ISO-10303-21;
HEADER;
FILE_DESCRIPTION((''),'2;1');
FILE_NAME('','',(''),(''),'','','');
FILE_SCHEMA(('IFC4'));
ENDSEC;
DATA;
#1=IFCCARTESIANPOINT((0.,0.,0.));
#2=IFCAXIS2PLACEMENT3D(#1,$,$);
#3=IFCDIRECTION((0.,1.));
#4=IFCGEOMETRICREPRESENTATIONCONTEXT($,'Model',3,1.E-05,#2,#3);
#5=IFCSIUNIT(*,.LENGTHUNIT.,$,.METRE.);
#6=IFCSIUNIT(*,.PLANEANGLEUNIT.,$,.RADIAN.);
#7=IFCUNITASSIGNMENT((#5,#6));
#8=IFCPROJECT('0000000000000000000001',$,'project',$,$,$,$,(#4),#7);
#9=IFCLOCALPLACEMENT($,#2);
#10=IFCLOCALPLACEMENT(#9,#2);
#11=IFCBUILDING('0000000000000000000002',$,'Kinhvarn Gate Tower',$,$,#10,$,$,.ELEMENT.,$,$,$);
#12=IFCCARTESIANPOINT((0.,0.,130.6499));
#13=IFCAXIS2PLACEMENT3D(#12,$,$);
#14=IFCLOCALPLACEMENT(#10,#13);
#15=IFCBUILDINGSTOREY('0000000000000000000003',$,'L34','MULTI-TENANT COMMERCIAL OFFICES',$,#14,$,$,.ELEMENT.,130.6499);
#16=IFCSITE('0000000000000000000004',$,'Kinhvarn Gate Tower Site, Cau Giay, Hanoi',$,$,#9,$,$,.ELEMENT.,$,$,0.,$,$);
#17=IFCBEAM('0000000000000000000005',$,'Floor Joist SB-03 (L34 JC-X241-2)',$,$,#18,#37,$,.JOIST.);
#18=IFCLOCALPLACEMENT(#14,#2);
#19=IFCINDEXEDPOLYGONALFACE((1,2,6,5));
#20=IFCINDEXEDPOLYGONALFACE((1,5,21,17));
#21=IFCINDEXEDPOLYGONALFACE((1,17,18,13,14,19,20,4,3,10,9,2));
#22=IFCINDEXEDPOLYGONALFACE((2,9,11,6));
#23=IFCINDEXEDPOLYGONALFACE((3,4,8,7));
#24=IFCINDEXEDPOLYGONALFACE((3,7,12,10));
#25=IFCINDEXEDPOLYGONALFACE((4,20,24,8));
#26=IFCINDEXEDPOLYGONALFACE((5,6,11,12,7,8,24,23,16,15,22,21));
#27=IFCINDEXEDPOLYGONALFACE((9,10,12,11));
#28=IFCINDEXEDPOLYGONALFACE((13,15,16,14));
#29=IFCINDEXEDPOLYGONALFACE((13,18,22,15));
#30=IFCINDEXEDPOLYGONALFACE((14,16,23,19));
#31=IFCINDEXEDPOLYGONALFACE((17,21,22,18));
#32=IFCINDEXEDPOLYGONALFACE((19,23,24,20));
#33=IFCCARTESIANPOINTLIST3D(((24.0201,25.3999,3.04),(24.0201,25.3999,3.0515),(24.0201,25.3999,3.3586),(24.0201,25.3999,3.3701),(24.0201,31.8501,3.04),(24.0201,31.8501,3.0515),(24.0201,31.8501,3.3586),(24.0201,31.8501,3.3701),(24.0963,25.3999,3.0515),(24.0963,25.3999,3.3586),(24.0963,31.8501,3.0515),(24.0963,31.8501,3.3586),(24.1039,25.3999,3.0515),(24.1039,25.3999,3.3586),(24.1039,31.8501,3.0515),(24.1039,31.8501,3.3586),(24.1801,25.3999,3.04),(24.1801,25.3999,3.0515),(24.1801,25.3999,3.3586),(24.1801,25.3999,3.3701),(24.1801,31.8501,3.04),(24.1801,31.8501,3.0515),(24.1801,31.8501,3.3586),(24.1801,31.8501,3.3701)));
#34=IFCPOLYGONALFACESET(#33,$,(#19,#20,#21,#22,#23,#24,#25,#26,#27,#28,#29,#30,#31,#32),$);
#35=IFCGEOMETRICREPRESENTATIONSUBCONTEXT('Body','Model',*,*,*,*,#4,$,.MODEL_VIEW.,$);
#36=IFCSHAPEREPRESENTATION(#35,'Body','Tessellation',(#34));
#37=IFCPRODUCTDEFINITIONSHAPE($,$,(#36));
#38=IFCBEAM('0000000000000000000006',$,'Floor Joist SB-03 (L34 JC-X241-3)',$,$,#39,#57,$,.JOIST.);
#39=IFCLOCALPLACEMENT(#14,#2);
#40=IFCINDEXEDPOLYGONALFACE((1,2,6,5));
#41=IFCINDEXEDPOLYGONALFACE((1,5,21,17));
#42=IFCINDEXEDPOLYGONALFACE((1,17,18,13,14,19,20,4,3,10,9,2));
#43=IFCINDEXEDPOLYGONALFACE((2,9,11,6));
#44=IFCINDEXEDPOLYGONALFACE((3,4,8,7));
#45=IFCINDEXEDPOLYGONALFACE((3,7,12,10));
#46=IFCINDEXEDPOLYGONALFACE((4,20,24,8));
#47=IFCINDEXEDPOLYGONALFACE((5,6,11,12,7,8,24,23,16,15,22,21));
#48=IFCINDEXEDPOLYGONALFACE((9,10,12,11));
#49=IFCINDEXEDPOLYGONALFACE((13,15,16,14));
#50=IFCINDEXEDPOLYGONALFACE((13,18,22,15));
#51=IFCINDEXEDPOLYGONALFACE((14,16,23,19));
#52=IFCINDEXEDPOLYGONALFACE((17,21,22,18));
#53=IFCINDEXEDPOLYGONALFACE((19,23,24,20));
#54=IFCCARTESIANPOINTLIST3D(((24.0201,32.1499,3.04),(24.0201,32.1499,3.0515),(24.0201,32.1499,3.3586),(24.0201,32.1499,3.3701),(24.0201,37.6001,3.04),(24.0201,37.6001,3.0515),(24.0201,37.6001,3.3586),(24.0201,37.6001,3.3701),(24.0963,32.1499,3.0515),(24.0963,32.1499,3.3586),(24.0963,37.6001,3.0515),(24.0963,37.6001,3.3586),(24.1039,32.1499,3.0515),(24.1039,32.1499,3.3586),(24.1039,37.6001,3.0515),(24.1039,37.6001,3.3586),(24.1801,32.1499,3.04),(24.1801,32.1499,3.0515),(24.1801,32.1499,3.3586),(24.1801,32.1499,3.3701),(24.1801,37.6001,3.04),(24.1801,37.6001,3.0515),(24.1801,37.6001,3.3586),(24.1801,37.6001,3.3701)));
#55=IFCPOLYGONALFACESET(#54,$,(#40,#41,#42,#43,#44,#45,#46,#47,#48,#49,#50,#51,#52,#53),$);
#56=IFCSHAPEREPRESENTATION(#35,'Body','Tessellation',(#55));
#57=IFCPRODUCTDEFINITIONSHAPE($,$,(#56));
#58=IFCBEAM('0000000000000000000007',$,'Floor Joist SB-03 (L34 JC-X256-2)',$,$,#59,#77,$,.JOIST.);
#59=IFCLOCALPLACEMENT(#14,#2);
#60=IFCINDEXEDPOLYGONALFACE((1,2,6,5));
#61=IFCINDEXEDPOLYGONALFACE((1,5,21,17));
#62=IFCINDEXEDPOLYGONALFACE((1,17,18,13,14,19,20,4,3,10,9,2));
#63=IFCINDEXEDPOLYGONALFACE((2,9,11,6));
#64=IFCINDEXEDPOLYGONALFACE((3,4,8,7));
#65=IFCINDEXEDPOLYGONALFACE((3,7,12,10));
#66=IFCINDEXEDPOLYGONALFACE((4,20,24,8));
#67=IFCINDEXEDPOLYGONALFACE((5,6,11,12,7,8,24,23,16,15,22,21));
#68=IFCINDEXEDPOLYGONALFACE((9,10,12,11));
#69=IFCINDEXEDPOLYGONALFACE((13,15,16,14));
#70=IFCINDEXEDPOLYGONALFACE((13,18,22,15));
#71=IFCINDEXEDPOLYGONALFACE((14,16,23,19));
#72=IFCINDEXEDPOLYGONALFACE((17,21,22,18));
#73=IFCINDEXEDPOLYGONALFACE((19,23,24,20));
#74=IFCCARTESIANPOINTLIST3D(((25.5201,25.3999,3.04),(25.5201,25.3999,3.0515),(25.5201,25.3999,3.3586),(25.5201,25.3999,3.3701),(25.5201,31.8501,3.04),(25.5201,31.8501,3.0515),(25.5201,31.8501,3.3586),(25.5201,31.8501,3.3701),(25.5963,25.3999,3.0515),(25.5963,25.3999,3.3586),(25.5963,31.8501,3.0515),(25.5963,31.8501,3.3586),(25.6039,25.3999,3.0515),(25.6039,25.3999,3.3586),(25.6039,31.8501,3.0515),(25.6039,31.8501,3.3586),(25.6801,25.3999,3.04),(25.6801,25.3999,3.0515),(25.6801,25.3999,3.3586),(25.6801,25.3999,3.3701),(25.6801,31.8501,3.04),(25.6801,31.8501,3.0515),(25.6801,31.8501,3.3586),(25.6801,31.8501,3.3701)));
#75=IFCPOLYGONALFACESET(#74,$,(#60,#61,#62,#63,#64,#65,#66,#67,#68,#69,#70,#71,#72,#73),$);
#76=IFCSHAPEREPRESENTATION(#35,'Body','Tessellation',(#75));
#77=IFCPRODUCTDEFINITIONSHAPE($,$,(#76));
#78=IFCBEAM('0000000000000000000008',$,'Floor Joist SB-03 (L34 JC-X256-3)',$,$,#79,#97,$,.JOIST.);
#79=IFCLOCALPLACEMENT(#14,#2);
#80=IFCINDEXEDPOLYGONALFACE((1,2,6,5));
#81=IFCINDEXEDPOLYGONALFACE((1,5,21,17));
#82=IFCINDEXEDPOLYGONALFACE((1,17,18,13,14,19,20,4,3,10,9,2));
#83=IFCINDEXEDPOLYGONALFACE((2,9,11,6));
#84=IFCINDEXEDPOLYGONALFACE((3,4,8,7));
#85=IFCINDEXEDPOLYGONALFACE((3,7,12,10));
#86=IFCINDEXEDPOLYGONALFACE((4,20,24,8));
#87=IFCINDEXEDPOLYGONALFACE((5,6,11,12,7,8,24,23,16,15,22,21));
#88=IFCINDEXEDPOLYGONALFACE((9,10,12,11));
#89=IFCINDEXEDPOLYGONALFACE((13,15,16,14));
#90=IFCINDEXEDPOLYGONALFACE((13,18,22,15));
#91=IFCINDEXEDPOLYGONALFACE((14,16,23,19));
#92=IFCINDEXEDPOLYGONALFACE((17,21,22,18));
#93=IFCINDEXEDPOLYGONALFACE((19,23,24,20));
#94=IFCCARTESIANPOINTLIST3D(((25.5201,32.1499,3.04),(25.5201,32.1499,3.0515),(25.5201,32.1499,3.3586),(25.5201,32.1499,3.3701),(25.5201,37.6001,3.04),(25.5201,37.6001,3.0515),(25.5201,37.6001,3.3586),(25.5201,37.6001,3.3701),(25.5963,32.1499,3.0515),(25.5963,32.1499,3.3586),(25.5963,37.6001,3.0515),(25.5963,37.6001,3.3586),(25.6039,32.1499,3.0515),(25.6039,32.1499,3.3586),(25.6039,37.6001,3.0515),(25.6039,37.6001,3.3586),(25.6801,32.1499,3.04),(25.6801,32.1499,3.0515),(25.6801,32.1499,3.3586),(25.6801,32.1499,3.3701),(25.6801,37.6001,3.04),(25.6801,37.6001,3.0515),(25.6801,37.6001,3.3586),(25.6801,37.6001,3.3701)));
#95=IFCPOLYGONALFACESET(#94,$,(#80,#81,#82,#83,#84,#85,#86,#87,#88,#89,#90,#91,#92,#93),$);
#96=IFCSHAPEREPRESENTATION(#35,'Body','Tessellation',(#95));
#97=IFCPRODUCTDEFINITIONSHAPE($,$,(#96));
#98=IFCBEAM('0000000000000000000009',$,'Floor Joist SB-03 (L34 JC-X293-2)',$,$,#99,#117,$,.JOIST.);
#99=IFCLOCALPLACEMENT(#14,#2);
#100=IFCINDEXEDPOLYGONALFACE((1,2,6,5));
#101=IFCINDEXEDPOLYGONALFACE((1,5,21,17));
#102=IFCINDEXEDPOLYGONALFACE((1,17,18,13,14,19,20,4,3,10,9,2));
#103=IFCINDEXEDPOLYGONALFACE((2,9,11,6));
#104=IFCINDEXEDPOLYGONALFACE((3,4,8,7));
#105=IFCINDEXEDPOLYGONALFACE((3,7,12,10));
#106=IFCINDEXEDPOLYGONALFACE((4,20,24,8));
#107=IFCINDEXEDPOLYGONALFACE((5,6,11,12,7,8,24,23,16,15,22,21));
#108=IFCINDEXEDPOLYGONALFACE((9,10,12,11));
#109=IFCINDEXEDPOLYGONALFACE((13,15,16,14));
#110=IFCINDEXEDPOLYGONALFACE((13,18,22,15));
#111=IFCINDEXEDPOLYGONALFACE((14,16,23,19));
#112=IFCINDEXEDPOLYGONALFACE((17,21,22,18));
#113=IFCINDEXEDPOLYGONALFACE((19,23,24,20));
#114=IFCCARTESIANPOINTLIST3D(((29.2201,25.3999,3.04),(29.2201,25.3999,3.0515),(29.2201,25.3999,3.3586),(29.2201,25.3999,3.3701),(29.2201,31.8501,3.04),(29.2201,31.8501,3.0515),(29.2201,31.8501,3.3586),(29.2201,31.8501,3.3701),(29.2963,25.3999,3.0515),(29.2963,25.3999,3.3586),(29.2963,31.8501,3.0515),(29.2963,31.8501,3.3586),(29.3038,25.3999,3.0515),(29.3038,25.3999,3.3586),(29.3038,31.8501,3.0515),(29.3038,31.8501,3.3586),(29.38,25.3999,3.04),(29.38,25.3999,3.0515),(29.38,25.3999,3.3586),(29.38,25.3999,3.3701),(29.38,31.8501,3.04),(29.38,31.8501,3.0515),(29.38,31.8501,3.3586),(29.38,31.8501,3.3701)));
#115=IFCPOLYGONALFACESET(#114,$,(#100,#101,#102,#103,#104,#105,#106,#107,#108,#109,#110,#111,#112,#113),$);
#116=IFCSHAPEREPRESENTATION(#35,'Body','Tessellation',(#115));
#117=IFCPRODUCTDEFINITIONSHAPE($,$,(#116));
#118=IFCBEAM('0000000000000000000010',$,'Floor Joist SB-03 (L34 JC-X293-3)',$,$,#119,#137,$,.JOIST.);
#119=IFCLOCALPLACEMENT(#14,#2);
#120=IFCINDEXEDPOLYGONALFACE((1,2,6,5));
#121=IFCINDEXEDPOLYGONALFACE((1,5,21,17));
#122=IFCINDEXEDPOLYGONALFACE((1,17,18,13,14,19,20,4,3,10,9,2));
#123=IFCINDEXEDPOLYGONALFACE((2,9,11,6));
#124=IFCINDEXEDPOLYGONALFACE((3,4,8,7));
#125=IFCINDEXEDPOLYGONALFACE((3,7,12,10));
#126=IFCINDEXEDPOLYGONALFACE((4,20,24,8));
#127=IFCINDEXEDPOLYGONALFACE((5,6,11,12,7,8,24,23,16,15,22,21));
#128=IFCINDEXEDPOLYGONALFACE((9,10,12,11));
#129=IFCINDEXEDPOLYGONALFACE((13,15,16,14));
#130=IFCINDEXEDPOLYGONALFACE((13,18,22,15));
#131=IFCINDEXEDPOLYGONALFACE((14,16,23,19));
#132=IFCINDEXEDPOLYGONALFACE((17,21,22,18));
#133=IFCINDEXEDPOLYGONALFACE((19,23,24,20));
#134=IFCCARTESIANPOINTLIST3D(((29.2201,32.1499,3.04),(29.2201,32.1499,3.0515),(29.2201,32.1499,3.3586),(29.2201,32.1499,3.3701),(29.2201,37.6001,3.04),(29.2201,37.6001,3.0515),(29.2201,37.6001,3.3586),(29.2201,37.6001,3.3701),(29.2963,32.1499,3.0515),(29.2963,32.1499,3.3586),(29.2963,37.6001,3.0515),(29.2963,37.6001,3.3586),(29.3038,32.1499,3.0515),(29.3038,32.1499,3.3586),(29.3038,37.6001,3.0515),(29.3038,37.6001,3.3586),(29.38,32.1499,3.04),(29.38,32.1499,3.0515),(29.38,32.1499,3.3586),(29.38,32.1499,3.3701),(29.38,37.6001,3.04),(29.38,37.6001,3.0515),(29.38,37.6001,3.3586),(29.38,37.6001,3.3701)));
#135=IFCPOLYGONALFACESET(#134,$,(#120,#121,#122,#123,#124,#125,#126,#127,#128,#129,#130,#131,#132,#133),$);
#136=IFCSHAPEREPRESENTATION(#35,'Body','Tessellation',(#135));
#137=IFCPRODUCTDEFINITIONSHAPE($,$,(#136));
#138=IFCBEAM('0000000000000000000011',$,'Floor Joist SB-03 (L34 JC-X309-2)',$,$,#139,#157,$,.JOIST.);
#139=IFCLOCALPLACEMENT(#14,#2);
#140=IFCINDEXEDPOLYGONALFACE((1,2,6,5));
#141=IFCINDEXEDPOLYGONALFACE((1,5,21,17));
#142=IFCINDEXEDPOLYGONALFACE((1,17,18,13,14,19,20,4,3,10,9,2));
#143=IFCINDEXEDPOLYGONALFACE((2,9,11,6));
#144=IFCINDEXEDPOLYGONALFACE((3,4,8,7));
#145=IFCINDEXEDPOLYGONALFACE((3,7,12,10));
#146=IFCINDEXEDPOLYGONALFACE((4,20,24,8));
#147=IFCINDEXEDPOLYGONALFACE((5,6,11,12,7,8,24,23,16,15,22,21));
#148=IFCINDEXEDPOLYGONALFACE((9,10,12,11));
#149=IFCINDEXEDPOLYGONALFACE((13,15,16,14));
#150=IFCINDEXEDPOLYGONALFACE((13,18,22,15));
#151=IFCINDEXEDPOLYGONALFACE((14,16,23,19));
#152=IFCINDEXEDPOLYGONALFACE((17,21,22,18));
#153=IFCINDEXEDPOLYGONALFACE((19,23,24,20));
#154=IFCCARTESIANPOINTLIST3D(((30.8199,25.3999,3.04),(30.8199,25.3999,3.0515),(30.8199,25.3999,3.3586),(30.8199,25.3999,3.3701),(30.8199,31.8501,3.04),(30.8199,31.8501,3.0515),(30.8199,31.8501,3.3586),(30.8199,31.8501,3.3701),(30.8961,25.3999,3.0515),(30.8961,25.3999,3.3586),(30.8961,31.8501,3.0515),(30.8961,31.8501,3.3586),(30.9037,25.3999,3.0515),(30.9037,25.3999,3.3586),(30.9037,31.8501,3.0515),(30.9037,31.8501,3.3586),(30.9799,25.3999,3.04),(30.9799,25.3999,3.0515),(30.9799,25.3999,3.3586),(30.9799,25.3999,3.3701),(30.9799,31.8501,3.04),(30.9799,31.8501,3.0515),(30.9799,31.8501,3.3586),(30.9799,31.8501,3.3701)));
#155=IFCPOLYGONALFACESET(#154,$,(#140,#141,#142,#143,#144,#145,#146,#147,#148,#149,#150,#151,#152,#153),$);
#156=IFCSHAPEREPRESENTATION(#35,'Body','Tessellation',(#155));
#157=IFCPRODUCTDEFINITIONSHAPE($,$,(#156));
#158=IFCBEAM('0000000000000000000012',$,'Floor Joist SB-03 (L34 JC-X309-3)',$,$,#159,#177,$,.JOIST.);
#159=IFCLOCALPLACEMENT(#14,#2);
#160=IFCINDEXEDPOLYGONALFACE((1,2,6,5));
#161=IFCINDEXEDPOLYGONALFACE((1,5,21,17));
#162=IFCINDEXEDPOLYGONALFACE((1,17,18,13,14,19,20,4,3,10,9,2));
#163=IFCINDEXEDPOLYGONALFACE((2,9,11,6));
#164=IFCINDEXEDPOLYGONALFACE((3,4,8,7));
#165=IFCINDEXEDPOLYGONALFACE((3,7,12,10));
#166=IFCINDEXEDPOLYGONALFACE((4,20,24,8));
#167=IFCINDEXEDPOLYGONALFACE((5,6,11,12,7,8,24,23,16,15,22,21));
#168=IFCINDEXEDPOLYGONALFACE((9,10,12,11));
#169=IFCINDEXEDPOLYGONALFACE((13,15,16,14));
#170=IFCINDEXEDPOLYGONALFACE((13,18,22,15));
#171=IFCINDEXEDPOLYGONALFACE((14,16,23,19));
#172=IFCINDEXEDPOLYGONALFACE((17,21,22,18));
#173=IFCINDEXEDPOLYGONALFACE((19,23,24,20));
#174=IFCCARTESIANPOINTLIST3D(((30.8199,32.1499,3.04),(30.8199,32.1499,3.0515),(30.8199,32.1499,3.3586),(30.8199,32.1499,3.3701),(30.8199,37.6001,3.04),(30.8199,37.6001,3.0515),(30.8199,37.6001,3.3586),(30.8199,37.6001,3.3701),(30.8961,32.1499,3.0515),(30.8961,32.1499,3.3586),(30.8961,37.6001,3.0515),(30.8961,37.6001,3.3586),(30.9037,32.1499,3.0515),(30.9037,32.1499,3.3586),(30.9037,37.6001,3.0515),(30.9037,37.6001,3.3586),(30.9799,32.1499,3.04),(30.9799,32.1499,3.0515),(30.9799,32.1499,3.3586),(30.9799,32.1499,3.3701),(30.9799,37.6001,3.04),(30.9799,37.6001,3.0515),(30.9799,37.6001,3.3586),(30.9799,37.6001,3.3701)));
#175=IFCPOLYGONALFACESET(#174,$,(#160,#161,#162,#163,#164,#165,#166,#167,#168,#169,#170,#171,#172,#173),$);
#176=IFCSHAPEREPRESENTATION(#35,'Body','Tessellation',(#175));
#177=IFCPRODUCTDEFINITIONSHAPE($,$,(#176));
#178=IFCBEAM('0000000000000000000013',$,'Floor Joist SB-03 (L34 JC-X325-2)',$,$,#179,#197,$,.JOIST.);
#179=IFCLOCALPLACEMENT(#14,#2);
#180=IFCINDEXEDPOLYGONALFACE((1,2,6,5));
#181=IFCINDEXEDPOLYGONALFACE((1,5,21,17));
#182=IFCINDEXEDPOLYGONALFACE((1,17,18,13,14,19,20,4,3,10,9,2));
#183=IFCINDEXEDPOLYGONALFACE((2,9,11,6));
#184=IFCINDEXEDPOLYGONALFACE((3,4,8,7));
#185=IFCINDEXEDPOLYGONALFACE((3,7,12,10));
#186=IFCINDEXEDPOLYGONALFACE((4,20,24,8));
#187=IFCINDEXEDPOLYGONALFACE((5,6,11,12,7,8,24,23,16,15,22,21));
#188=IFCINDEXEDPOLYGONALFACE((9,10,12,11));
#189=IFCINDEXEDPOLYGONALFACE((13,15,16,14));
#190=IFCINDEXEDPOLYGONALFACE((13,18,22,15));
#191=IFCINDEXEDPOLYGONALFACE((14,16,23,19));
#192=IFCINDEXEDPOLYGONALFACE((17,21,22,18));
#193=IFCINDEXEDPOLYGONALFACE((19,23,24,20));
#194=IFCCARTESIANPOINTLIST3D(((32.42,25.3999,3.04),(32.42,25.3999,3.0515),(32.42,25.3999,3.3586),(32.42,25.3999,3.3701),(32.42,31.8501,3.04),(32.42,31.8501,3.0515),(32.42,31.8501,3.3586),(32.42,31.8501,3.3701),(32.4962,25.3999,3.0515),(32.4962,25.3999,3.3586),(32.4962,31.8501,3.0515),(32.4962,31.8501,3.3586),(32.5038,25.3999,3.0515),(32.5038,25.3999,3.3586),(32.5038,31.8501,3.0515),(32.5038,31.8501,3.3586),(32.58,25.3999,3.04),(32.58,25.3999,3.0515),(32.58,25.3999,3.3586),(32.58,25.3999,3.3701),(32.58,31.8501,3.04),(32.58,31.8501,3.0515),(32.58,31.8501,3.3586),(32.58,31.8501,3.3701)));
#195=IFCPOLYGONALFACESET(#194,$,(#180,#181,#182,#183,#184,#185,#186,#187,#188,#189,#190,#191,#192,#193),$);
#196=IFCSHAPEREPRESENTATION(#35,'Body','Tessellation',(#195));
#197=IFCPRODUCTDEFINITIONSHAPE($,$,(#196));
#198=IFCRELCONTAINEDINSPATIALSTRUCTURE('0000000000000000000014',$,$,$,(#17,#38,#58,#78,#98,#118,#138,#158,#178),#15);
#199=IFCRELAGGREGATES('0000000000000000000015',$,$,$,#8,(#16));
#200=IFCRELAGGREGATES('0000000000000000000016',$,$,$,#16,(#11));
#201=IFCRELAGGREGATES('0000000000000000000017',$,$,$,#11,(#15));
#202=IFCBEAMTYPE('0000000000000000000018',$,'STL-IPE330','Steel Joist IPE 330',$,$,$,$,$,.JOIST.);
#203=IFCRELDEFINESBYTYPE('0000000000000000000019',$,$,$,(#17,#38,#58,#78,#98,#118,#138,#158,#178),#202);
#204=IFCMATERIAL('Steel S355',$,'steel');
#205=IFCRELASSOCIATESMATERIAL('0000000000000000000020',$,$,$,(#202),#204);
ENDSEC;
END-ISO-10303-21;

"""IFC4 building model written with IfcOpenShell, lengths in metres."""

from ifc_helpers import new_model, si_unit, direction, frame, origin, origin_2d, place, context, subcontext, project, spatial, i_section, extrude, material, material_profile, profile_set, type_object, element, save


model = new_model("IFC4")

# Units and contexts
model_context = context("Model", 3, precision=1e-05, world=origin(), true_north=direction((0.0, 1.0)))
body_context = subcontext(model_context, "Body", "Model", "MODEL_VIEW")
ifc_project = project(units=[si_unit("LENGTHUNIT", "METRE"), si_unit("PLANEANGLEUNIT", "RADIAN")], contexts=[model_context])

# Site, building, storey
site_placement = place(None, origin())
site = spatial("IfcSite", under=ifc_project, at=site_placement, Name="Kinhvarn Gate Tower Site, Cau Giay, Hanoi", CompositionType="ELEMENT", RefElevation=0.0)
building_placement = place(site_placement, origin())
building = spatial("IfcBuilding", under=site, at=building_placement, Name="Kinhvarn Gate Tower", CompositionType="ELEMENT")
storey_placement = place(building_placement, frame((0.0, 0.0, 130.6499)))
storey = spatial("IfcBuildingStorey", under=building, at=storey_placement, Name="L34", Description="MULTI-TENANT COMMERCIAL OFFICES", CompositionType="ELEMENT", Elevation=130.6499)

# Beams
ifc_material_1 = material(Name="Steel S355", Category="steel")
ifc_material_profile = material_profile(ifc_material_1, i_section(OverallWidth=0.1599, OverallDepth=0.3301, WebThickness=0.0076, FlangeThickness=0.0115, at=origin_2d()), Name="IPE 330")
ifc_profile_set = profile_set([ifc_material_profile], Name="Steel S355")
beam_type = type_object("IfcBeamType", Name="STL-IPE330", Description="Steel Joist IPE 330", PredefinedType="JOIST", material=ifc_profile_set)
beam_1_placement = place(storey_placement, frame((24.1001, 25.3999, 3.2051), z_axis=(0.0, 1.0, 0.0), x_axis=(-1.0, 0.0, 0.0)))
element("IfcBeam", 1, at=beam_1_placement, inside=storey, type_object=beam_type, Name="Floor Joist SB-03 (L34 JC-X241-2)", PredefinedType="JOIST", context=body_context, shape_type="SweptSolid", body=[
    extrude(i_section(OverallWidth=0.1599, OverallDepth=0.3301, WebThickness=0.0076, FlangeThickness=0.0115, at=origin_2d()), origin(), (0.0, 0.0, 1.0), 6.4502),
])
beam_2_placement = place(storey_placement, frame((24.1001, 32.1499, 3.2051), z_axis=(0.0, 1.0, 0.0), x_axis=(-1.0, 0.0, 0.0)))
element("IfcBeam", 2, at=beam_2_placement, inside=storey, type_object=beam_type, Name="Floor Joist SB-03 (L34 JC-X241-3)", PredefinedType="JOIST", context=body_context, shape_type="SweptSolid", body=[
    extrude(i_section(OverallWidth=0.1599, OverallDepth=0.3301, WebThickness=0.0076, FlangeThickness=0.0115, at=origin_2d()), origin(), (0.0, 0.0, 1.0), 5.4502),
])
beam_3_placement = place(storey_placement, frame((25.6001, 25.3999, 3.2051), z_axis=(0.0, 1.0, 0.0), x_axis=(-1.0, 0.0, 0.0)))
element("IfcBeam", 3, at=beam_3_placement, inside=storey, type_object=beam_type, Name="Floor Joist SB-03 (L34 JC-X256-2)", PredefinedType="JOIST", context=body_context, shape_type="SweptSolid", body=[
    extrude(i_section(OverallWidth=0.1599, OverallDepth=0.3301, WebThickness=0.0076, FlangeThickness=0.0115, at=origin_2d()), origin(), (0.0, 0.0, 1.0), 6.4502),
])
beam_4_placement = place(storey_placement, frame((25.6001, 32.1499, 3.2051), z_axis=(0.0, 1.0, 0.0), x_axis=(-1.0, 0.0, 0.0)))
element("IfcBeam", 4, at=beam_4_placement, inside=storey, type_object=beam_type, Name="Floor Joist SB-03 (L34 JC-X256-3)", PredefinedType="JOIST", context=body_context, shape_type="SweptSolid", body=[
    extrude(i_section(OverallWidth=0.1599, OverallDepth=0.3301, WebThickness=0.0076, FlangeThickness=0.0115, at=origin_2d()), origin(), (0.0, 0.0, 1.0), 5.4502),
])
beam_5_placement = place(storey_placement, frame((29.3, 25.3999, 3.2051), z_axis=(0.0, 1.0, 0.0), x_axis=(-1.0, 0.0, 0.0)))
element("IfcBeam", 5, at=beam_5_placement, inside=storey, type_object=beam_type, Name="Floor Joist SB-03 (L34 JC-X293-2)", PredefinedType="JOIST", context=body_context, shape_type="SweptSolid", body=[
    extrude(i_section(OverallWidth=0.1599, OverallDepth=0.3301, WebThickness=0.0076, FlangeThickness=0.0115, at=origin_2d()), origin(), (0.0, 0.0, 1.0), 6.4502),
])
beam_6_placement = place(storey_placement, frame((29.3, 32.1499, 3.2051), z_axis=(0.0, 1.0, 0.0), x_axis=(-1.0, 0.0, 0.0)))
element("IfcBeam", 6, at=beam_6_placement, inside=storey, type_object=beam_type, Name="Floor Joist SB-03 (L34 JC-X293-3)", PredefinedType="JOIST", context=body_context, shape_type="SweptSolid", body=[
    extrude(i_section(OverallWidth=0.1599, OverallDepth=0.3301, WebThickness=0.0076, FlangeThickness=0.0115, at=origin_2d()), origin(), (0.0, 0.0, 1.0), 5.4502),
])
beam_7_placement = place(storey_placement, frame((30.8999, 25.3999, 3.2051), z_axis=(0.0, 1.0, 0.0), x_axis=(-1.0, 0.0, 0.0)))
element("IfcBeam", 7, at=beam_7_placement, inside=storey, type_object=beam_type, Name="Floor Joist SB-03 (L34 JC-X309-2)", PredefinedType="JOIST", context=body_context, shape_type="SweptSolid", body=[
    extrude(i_section(OverallWidth=0.1599, OverallDepth=0.3301, WebThickness=0.0076, FlangeThickness=0.0115, at=origin_2d()), origin(), (0.0, 0.0, 1.0), 6.4502),
])
beam_8_placement = place(storey_placement, frame((30.8999, 32.1499, 3.2051), z_axis=(0.0, 1.0, 0.0), x_axis=(-1.0, 0.0, 0.0)))
element("IfcBeam", 8, at=beam_8_placement, inside=storey, type_object=beam_type, Name="Floor Joist SB-03 (L34 JC-X309-3)", PredefinedType="JOIST", context=body_context, shape_type="SweptSolid", body=[
    extrude(i_section(OverallWidth=0.1599, OverallDepth=0.3301, WebThickness=0.0076, FlangeThickness=0.0115, at=origin_2d()), origin(), (0.0, 0.0, 1.0), 5.4502),
])
beam_9_placement = place(storey_placement, frame((32.5, 25.3999, 3.2051), z_axis=(0.0, 1.0, 0.0), x_axis=(-1.0, 0.0, 0.0)))
element("IfcBeam", 9, at=beam_9_placement, inside=storey, type_object=beam_type, Name="Floor Joist SB-03 (L34 JC-X325-2)", PredefinedType="JOIST", context=body_context, shape_type="SweptSolid", body=[
    extrude(i_section(OverallWidth=0.1599, OverallDepth=0.3301, WebThickness=0.0076, FlangeThickness=0.0115, at=origin_2d()), origin(), (0.0, 0.0, 1.0), 6.4502),
])

save(model, "model.ifc")
